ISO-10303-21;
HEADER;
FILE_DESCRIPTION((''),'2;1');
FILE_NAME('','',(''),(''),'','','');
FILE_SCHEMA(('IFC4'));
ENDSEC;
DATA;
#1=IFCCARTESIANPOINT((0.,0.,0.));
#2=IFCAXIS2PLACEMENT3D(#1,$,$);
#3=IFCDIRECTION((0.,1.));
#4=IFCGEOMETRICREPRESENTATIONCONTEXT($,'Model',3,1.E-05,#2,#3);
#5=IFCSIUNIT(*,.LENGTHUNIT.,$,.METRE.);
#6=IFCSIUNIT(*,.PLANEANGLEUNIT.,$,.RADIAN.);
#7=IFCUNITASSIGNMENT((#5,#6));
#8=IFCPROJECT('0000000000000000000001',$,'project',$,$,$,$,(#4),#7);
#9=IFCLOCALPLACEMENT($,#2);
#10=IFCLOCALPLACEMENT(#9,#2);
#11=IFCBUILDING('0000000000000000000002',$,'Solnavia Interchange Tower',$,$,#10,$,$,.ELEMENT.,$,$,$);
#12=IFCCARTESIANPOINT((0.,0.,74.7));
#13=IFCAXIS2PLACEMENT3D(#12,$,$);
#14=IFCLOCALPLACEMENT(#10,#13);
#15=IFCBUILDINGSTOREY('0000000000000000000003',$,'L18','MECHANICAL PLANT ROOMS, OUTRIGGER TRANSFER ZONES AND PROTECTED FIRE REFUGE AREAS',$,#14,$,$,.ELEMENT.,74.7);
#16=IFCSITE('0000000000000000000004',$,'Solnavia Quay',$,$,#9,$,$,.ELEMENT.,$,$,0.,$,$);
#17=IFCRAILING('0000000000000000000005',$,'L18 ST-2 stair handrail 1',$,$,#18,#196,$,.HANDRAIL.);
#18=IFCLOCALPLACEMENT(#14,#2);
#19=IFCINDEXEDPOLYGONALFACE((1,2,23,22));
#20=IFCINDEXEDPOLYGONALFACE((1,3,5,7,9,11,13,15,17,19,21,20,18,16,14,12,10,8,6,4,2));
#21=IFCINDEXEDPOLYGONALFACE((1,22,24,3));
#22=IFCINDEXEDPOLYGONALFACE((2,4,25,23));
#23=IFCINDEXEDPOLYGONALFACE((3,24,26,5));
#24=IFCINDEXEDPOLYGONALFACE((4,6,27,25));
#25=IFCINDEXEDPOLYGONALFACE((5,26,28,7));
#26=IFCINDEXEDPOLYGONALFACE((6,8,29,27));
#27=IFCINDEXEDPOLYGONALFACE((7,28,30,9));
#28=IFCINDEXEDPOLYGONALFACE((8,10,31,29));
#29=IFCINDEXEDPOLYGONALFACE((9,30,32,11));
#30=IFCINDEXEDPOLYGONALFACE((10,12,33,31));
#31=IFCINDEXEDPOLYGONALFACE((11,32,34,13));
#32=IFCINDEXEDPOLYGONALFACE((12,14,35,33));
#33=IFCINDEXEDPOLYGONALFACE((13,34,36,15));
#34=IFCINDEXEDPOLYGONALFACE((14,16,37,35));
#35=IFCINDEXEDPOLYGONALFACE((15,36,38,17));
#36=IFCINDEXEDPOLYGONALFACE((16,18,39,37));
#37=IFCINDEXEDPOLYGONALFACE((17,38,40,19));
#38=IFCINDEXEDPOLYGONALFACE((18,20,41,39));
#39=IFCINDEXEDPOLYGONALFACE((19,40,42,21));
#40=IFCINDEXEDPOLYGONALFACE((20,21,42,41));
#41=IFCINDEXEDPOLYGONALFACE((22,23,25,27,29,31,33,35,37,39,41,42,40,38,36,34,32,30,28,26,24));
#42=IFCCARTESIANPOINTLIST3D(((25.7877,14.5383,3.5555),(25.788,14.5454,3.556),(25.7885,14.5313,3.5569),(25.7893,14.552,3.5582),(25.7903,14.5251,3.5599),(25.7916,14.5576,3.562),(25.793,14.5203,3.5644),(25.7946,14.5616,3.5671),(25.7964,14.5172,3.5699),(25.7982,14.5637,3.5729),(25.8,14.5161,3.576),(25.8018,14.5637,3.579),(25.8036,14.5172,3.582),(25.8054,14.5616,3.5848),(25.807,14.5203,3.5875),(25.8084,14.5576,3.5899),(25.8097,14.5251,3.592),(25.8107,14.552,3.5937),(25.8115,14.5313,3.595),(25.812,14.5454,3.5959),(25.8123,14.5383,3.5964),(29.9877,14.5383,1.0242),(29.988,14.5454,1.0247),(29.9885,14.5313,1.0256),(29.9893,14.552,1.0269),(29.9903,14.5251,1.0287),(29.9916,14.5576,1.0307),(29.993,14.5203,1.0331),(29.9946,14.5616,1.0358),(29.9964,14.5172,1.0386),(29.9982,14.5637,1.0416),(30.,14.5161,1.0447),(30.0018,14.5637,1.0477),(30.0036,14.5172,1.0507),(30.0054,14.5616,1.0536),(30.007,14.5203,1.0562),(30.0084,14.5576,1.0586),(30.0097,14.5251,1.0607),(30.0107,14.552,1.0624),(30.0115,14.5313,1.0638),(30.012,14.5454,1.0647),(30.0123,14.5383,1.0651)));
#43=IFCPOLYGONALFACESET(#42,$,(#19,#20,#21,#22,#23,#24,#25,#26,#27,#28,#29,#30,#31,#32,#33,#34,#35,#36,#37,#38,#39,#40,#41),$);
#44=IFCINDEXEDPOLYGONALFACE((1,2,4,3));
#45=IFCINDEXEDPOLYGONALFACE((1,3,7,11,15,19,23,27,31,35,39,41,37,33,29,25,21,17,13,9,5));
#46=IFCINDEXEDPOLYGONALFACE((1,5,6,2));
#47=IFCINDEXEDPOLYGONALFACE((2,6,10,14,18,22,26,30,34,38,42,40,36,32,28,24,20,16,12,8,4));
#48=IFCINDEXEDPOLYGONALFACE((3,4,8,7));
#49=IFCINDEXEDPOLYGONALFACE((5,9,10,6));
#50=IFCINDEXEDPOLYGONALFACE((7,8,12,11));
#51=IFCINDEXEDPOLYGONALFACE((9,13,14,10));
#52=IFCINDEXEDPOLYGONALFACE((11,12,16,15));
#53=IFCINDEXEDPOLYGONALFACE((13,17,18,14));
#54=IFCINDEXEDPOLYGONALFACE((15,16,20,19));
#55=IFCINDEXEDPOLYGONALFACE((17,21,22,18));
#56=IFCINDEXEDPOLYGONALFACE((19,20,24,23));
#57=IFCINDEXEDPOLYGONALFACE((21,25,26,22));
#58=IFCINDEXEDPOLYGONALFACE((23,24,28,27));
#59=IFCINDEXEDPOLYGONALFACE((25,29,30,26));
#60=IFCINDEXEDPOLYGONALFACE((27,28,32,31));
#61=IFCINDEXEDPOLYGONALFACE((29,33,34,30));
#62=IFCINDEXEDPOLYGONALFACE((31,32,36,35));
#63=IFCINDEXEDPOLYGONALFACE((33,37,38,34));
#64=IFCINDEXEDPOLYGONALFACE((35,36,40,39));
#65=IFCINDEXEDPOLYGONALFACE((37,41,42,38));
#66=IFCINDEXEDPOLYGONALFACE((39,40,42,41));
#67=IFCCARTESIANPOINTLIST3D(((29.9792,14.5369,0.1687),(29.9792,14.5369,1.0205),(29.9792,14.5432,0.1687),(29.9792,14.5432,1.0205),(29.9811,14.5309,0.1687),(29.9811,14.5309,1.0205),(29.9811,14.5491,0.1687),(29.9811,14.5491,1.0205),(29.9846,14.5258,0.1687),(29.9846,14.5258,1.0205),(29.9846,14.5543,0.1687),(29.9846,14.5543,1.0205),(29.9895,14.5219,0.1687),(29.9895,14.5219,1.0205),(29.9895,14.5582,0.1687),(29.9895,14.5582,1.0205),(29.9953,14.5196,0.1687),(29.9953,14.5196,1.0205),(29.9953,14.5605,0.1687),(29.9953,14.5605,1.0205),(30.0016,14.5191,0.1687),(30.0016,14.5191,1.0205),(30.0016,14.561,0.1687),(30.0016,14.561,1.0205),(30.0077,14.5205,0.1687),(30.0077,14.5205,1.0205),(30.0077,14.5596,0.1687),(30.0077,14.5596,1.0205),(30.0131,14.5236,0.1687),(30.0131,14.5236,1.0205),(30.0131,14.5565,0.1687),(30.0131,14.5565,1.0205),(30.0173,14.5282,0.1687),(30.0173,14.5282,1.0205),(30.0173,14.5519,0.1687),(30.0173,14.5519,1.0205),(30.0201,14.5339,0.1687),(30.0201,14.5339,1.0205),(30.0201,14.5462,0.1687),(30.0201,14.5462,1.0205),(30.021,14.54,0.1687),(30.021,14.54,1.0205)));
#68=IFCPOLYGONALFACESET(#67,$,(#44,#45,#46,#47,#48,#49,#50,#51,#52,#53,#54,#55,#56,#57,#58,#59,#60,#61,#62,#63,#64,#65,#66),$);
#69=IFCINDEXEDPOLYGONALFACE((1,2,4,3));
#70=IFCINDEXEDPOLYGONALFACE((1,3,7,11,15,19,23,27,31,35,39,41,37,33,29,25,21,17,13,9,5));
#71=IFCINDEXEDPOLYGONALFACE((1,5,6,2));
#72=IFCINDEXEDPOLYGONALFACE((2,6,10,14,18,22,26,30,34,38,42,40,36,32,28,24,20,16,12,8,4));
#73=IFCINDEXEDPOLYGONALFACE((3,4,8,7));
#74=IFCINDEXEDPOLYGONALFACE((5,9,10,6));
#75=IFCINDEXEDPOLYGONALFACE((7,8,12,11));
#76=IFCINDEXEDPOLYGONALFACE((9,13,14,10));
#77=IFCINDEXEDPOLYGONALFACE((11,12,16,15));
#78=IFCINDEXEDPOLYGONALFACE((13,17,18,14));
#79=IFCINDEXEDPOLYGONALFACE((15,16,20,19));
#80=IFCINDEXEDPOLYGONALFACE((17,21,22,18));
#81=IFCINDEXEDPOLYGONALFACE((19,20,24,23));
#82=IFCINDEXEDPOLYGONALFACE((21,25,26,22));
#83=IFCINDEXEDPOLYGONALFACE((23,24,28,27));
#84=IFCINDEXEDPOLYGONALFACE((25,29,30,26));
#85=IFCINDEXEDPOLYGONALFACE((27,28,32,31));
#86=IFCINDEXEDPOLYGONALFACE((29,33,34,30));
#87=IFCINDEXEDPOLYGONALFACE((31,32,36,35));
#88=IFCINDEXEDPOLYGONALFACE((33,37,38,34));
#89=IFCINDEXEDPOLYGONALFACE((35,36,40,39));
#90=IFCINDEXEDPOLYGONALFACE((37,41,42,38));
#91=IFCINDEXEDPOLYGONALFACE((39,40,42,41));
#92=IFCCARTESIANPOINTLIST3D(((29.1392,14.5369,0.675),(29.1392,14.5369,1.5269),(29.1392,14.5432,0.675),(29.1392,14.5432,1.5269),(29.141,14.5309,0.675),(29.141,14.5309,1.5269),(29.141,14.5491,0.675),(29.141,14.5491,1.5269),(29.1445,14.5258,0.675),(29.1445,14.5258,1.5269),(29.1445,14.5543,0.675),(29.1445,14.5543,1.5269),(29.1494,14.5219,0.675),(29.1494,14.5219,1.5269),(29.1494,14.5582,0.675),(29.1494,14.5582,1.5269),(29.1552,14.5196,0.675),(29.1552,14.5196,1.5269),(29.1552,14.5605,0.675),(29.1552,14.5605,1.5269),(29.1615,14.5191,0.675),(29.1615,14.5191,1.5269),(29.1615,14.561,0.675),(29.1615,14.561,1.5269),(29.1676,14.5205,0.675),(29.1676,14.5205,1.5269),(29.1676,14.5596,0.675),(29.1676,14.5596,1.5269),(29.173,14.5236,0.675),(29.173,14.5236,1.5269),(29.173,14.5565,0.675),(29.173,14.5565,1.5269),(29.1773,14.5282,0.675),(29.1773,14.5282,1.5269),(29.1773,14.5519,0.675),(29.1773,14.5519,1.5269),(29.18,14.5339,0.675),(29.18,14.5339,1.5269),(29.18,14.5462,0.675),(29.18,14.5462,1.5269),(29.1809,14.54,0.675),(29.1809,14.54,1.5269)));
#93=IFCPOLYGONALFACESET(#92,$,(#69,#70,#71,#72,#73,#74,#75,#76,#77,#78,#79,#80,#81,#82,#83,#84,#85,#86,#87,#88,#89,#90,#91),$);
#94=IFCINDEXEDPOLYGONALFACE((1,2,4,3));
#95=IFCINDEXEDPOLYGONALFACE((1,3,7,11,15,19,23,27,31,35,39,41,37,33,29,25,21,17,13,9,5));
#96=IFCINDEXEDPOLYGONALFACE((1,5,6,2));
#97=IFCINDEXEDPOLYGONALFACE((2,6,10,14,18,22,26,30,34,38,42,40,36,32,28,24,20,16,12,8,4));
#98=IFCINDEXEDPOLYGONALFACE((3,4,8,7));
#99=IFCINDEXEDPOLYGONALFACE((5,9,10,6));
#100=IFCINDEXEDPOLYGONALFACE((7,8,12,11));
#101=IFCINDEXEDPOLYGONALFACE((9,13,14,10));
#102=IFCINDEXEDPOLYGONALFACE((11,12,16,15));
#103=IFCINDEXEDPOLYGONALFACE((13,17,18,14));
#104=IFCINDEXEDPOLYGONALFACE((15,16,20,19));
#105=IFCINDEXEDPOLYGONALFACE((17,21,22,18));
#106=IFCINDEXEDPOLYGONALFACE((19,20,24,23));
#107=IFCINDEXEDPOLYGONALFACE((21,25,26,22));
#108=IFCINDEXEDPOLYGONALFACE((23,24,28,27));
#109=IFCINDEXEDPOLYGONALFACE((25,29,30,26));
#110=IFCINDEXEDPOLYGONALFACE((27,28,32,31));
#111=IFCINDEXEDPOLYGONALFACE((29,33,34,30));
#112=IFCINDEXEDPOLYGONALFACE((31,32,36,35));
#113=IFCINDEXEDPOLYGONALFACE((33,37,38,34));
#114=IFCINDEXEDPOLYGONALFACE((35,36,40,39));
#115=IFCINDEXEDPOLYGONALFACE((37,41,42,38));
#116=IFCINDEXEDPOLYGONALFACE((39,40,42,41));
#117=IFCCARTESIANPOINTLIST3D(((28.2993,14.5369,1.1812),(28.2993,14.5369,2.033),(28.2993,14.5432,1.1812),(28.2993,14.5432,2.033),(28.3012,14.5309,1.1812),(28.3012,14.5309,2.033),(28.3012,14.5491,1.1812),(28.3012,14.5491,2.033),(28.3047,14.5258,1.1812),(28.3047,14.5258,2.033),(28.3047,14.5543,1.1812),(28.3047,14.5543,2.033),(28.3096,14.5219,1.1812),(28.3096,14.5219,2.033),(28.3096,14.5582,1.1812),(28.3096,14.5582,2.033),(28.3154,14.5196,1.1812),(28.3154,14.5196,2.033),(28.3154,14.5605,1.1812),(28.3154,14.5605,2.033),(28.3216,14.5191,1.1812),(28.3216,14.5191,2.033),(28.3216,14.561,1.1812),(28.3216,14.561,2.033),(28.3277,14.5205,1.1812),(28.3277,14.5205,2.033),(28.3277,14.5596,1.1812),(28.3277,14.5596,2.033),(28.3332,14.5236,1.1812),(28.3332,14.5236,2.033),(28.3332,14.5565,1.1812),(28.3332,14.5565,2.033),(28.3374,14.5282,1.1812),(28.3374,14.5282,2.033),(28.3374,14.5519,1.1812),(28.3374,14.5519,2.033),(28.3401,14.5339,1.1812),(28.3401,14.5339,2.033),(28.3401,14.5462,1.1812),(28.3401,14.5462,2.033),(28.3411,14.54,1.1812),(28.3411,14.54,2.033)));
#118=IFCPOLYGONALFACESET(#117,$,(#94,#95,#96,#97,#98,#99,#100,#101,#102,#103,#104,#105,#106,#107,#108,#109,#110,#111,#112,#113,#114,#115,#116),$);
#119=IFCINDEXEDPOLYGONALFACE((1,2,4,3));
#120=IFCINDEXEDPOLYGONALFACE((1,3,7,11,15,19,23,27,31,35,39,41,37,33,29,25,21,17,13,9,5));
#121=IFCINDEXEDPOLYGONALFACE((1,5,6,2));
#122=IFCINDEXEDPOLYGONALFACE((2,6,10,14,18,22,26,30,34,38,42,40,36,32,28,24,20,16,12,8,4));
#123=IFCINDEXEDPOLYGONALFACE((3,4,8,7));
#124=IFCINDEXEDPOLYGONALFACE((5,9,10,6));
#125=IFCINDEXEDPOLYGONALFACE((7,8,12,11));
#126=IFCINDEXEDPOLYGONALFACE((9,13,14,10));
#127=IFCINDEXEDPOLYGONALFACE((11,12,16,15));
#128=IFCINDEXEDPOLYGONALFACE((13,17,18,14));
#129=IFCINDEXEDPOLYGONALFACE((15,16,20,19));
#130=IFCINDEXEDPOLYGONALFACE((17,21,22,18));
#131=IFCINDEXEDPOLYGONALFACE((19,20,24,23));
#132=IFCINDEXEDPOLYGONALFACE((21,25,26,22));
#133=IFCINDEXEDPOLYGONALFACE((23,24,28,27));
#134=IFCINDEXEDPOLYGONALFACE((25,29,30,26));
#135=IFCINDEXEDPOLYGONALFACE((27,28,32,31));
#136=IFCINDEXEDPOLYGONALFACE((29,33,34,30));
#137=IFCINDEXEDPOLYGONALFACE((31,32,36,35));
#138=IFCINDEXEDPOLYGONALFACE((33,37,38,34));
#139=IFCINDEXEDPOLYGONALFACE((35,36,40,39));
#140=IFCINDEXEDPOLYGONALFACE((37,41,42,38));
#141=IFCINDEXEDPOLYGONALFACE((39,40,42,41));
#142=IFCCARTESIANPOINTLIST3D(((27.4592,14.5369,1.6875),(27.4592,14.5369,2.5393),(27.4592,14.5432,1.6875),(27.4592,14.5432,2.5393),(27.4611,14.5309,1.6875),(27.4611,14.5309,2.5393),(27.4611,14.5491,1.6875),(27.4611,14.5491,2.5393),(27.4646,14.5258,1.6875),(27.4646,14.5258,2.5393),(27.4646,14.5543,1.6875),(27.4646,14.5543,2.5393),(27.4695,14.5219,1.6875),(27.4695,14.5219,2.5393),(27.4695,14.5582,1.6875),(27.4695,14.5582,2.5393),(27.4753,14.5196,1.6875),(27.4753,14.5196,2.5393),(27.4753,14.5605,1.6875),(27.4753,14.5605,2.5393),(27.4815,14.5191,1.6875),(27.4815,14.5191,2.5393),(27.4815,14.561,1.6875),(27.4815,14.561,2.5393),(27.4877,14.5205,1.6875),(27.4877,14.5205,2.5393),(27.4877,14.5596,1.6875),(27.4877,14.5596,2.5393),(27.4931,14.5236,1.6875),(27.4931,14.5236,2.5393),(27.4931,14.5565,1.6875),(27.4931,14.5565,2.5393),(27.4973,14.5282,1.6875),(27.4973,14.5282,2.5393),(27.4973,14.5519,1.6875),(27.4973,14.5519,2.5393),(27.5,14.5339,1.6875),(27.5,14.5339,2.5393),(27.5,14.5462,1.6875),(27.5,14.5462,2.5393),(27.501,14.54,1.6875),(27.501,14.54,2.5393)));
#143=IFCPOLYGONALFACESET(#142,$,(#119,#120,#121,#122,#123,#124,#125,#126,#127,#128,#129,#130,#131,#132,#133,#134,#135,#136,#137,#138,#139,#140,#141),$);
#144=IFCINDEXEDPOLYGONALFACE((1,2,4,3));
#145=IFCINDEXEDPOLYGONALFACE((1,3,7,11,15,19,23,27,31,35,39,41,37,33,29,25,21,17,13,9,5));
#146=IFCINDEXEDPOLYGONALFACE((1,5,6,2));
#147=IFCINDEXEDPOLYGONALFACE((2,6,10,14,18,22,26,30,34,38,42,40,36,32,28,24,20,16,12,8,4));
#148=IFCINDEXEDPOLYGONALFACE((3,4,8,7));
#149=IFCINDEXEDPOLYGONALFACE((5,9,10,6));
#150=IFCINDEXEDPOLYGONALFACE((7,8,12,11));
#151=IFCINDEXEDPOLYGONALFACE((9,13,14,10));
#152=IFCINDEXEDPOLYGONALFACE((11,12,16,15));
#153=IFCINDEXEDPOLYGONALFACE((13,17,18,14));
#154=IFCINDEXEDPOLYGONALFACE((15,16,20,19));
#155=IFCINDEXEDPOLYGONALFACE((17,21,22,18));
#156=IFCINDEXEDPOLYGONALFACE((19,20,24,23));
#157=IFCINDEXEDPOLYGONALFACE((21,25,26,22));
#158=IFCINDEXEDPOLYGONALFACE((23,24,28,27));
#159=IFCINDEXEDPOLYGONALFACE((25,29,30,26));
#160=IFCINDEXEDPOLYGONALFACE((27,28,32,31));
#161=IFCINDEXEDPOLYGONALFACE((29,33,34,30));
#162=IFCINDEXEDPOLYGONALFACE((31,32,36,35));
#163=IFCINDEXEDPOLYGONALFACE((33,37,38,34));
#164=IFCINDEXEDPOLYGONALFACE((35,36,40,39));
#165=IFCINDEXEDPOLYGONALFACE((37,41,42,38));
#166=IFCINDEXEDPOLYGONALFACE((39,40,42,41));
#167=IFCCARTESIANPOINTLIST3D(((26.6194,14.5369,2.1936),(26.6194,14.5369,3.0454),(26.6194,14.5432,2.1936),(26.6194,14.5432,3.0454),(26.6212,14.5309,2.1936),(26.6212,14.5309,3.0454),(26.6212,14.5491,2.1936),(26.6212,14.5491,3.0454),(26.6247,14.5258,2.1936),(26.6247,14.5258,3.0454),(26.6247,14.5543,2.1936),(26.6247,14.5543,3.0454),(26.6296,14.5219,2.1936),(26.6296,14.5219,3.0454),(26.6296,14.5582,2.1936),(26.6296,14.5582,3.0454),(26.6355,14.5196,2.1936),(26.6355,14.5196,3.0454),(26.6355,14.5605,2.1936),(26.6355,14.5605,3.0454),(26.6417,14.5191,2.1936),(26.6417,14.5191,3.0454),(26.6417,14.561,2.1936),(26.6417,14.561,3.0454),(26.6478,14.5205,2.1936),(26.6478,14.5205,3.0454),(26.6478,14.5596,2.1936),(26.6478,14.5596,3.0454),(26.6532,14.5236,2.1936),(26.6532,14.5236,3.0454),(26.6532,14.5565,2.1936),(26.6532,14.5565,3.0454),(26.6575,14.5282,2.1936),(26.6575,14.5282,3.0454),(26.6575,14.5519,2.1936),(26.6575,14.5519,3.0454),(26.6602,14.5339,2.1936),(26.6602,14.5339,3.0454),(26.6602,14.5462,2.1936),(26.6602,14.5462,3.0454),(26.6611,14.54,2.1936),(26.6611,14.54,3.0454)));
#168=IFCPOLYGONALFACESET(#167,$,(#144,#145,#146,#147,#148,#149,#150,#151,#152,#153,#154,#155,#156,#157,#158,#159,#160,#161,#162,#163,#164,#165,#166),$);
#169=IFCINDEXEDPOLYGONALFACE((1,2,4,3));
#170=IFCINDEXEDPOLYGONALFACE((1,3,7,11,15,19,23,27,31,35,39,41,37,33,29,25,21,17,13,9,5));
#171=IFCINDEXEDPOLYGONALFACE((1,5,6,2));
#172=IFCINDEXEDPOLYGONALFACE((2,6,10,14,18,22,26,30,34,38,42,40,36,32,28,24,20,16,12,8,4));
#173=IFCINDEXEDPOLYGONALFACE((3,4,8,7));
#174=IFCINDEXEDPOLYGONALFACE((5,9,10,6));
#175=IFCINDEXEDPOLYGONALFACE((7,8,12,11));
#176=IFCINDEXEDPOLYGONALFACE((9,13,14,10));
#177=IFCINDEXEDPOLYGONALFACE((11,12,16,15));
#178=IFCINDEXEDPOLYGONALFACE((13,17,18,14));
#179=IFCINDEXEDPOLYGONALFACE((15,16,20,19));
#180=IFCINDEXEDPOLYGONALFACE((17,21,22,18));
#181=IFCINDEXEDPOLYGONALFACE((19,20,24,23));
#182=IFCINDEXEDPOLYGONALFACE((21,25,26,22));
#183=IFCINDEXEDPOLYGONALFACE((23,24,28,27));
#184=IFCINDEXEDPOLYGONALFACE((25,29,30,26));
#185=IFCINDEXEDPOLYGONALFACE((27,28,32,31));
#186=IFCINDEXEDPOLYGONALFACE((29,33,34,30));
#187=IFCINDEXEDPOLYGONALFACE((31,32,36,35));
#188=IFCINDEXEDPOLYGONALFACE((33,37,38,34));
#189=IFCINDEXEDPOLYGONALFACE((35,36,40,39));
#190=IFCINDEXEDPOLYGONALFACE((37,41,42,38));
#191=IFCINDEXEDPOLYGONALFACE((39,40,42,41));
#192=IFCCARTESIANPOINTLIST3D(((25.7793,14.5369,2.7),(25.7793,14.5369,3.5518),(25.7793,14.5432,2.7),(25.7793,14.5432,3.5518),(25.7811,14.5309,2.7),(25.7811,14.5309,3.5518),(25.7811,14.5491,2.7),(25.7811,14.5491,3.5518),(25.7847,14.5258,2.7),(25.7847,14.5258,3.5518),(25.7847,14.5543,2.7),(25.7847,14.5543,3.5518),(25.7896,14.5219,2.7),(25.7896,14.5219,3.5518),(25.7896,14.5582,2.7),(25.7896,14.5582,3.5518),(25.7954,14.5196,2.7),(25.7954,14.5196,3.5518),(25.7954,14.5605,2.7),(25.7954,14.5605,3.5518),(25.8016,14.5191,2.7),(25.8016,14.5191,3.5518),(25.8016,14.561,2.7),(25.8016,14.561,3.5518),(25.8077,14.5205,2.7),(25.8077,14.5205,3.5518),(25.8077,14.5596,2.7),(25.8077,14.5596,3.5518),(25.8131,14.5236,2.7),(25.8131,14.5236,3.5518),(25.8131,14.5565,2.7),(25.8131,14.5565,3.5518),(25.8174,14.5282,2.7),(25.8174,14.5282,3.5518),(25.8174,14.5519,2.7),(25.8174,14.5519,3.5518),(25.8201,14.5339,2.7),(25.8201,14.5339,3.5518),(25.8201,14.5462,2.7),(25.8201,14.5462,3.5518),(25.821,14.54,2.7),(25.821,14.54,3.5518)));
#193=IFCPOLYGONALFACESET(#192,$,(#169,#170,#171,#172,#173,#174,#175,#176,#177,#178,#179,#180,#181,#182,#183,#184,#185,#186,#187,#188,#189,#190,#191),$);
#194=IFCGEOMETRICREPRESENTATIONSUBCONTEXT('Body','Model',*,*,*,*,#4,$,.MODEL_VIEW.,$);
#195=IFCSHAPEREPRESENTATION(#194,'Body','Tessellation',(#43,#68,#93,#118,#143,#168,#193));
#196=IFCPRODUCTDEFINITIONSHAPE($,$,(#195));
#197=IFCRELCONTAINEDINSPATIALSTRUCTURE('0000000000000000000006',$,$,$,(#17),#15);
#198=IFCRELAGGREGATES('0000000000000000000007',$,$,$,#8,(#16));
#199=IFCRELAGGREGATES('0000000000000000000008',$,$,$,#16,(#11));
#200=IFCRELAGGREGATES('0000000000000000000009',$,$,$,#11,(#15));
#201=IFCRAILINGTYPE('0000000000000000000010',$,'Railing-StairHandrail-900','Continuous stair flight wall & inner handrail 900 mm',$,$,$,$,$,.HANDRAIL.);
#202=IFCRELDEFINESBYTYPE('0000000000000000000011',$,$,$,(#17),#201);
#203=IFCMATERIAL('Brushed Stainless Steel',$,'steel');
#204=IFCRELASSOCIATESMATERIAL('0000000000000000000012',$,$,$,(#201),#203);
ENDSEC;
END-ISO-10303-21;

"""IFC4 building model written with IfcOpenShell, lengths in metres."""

from ifc_helpers import new_model, si_unit, direction, frame, origin, origin_2d, place, context, subcontext, project, spatial, circle, extrude, material, type_object, element, save


model = new_model("IFC4")

# Units and contexts
model_context = context("Model", 3, precision=1e-05, world=origin(), true_north=direction((0.0, 1.0)))
body_context = subcontext(model_context, "Body", "Model", "MODEL_VIEW")
ifc_project = project(units=[si_unit("LENGTHUNIT", "METRE"), si_unit("PLANEANGLEUNIT", "RADIAN")], contexts=[model_context])

# Site, building, storey
site_placement = place(None, origin())
site = spatial("IfcSite", under=ifc_project, at=site_placement, Name="Solnavia Quay", CompositionType="ELEMENT", RefElevation=0.0)
building_placement = place(site_placement, origin())
building = spatial("IfcBuilding", under=site, at=building_placement, Name="Solnavia Interchange Tower", CompositionType="ELEMENT")
storey_placement = place(building_placement, frame((0.0, 0.0, 74.7)))
storey = spatial("IfcBuildingStorey", under=building, at=storey_placement, Name="L18", Description="MECHANICAL PLANT ROOMS, OUTRIGGER TRANSFER ZONES AND PROTECTED FIRE REFUGE AREAS", CompositionType="ELEMENT", Elevation=74.7)

# Railing
ifc_material_1 = material(Name="Brushed Stainless Steel", Category="steel")
railing_type = type_object("IfcRailingType", Name="Railing-StairHandrail-900", Description="Continuous stair flight wall & inner handrail 900 mm", PredefinedType="HANDRAIL", material=ifc_material_1)
railing_placement = place(storey_placement, frame((30.0, 14.54, 0.1687)))
element("IfcRailing", 1, at=railing_placement, inside=storey, type_object=railing_type, Name="L18 ST-2 stair handrail 1", PredefinedType="HANDRAIL", context=body_context, shape_type="SweptSolid", body=[
    extrude(circle(Radius=0.0239, at=origin_2d()), frame((0.0, 0.0, 0.876), z_axis=(-0.856476, 0.0, 0.516186), x_axis=(0.0, -1.0, 0.0)), (0.0, 0.0, 1.0), 4.9038),
    extrude(circle(Radius=0.021, at=origin_2d()), origin(), (0.0, 0.0, 1.0), 0.8518),
    extrude(circle(Radius=0.021, at=origin_2d()), frame((-0.8401, 0.0, 0.5063)), (0.0, 0.0, 1.0), 0.8518),
    extrude(circle(Radius=0.021, at=origin_2d()), frame((-1.6799, 0.0, 1.0125)), (0.0, 0.0, 1.0), 0.8518),
    extrude(circle(Radius=0.021, at=origin_2d()), frame((-2.52, 0.0, 1.5188)), (0.0, 0.0, 1.0), 0.8518),
    extrude(circle(Radius=0.021, at=origin_2d()), frame((-3.3599, 0.0, 2.0249)), (0.0, 0.0, 1.0), 0.8518),
    extrude(circle(Radius=0.021, at=origin_2d()), frame((-4.2, 0.0, 2.5312)), (0.0, 0.0, 1.0), 0.8518),
])

save(model, "model.ifc")
